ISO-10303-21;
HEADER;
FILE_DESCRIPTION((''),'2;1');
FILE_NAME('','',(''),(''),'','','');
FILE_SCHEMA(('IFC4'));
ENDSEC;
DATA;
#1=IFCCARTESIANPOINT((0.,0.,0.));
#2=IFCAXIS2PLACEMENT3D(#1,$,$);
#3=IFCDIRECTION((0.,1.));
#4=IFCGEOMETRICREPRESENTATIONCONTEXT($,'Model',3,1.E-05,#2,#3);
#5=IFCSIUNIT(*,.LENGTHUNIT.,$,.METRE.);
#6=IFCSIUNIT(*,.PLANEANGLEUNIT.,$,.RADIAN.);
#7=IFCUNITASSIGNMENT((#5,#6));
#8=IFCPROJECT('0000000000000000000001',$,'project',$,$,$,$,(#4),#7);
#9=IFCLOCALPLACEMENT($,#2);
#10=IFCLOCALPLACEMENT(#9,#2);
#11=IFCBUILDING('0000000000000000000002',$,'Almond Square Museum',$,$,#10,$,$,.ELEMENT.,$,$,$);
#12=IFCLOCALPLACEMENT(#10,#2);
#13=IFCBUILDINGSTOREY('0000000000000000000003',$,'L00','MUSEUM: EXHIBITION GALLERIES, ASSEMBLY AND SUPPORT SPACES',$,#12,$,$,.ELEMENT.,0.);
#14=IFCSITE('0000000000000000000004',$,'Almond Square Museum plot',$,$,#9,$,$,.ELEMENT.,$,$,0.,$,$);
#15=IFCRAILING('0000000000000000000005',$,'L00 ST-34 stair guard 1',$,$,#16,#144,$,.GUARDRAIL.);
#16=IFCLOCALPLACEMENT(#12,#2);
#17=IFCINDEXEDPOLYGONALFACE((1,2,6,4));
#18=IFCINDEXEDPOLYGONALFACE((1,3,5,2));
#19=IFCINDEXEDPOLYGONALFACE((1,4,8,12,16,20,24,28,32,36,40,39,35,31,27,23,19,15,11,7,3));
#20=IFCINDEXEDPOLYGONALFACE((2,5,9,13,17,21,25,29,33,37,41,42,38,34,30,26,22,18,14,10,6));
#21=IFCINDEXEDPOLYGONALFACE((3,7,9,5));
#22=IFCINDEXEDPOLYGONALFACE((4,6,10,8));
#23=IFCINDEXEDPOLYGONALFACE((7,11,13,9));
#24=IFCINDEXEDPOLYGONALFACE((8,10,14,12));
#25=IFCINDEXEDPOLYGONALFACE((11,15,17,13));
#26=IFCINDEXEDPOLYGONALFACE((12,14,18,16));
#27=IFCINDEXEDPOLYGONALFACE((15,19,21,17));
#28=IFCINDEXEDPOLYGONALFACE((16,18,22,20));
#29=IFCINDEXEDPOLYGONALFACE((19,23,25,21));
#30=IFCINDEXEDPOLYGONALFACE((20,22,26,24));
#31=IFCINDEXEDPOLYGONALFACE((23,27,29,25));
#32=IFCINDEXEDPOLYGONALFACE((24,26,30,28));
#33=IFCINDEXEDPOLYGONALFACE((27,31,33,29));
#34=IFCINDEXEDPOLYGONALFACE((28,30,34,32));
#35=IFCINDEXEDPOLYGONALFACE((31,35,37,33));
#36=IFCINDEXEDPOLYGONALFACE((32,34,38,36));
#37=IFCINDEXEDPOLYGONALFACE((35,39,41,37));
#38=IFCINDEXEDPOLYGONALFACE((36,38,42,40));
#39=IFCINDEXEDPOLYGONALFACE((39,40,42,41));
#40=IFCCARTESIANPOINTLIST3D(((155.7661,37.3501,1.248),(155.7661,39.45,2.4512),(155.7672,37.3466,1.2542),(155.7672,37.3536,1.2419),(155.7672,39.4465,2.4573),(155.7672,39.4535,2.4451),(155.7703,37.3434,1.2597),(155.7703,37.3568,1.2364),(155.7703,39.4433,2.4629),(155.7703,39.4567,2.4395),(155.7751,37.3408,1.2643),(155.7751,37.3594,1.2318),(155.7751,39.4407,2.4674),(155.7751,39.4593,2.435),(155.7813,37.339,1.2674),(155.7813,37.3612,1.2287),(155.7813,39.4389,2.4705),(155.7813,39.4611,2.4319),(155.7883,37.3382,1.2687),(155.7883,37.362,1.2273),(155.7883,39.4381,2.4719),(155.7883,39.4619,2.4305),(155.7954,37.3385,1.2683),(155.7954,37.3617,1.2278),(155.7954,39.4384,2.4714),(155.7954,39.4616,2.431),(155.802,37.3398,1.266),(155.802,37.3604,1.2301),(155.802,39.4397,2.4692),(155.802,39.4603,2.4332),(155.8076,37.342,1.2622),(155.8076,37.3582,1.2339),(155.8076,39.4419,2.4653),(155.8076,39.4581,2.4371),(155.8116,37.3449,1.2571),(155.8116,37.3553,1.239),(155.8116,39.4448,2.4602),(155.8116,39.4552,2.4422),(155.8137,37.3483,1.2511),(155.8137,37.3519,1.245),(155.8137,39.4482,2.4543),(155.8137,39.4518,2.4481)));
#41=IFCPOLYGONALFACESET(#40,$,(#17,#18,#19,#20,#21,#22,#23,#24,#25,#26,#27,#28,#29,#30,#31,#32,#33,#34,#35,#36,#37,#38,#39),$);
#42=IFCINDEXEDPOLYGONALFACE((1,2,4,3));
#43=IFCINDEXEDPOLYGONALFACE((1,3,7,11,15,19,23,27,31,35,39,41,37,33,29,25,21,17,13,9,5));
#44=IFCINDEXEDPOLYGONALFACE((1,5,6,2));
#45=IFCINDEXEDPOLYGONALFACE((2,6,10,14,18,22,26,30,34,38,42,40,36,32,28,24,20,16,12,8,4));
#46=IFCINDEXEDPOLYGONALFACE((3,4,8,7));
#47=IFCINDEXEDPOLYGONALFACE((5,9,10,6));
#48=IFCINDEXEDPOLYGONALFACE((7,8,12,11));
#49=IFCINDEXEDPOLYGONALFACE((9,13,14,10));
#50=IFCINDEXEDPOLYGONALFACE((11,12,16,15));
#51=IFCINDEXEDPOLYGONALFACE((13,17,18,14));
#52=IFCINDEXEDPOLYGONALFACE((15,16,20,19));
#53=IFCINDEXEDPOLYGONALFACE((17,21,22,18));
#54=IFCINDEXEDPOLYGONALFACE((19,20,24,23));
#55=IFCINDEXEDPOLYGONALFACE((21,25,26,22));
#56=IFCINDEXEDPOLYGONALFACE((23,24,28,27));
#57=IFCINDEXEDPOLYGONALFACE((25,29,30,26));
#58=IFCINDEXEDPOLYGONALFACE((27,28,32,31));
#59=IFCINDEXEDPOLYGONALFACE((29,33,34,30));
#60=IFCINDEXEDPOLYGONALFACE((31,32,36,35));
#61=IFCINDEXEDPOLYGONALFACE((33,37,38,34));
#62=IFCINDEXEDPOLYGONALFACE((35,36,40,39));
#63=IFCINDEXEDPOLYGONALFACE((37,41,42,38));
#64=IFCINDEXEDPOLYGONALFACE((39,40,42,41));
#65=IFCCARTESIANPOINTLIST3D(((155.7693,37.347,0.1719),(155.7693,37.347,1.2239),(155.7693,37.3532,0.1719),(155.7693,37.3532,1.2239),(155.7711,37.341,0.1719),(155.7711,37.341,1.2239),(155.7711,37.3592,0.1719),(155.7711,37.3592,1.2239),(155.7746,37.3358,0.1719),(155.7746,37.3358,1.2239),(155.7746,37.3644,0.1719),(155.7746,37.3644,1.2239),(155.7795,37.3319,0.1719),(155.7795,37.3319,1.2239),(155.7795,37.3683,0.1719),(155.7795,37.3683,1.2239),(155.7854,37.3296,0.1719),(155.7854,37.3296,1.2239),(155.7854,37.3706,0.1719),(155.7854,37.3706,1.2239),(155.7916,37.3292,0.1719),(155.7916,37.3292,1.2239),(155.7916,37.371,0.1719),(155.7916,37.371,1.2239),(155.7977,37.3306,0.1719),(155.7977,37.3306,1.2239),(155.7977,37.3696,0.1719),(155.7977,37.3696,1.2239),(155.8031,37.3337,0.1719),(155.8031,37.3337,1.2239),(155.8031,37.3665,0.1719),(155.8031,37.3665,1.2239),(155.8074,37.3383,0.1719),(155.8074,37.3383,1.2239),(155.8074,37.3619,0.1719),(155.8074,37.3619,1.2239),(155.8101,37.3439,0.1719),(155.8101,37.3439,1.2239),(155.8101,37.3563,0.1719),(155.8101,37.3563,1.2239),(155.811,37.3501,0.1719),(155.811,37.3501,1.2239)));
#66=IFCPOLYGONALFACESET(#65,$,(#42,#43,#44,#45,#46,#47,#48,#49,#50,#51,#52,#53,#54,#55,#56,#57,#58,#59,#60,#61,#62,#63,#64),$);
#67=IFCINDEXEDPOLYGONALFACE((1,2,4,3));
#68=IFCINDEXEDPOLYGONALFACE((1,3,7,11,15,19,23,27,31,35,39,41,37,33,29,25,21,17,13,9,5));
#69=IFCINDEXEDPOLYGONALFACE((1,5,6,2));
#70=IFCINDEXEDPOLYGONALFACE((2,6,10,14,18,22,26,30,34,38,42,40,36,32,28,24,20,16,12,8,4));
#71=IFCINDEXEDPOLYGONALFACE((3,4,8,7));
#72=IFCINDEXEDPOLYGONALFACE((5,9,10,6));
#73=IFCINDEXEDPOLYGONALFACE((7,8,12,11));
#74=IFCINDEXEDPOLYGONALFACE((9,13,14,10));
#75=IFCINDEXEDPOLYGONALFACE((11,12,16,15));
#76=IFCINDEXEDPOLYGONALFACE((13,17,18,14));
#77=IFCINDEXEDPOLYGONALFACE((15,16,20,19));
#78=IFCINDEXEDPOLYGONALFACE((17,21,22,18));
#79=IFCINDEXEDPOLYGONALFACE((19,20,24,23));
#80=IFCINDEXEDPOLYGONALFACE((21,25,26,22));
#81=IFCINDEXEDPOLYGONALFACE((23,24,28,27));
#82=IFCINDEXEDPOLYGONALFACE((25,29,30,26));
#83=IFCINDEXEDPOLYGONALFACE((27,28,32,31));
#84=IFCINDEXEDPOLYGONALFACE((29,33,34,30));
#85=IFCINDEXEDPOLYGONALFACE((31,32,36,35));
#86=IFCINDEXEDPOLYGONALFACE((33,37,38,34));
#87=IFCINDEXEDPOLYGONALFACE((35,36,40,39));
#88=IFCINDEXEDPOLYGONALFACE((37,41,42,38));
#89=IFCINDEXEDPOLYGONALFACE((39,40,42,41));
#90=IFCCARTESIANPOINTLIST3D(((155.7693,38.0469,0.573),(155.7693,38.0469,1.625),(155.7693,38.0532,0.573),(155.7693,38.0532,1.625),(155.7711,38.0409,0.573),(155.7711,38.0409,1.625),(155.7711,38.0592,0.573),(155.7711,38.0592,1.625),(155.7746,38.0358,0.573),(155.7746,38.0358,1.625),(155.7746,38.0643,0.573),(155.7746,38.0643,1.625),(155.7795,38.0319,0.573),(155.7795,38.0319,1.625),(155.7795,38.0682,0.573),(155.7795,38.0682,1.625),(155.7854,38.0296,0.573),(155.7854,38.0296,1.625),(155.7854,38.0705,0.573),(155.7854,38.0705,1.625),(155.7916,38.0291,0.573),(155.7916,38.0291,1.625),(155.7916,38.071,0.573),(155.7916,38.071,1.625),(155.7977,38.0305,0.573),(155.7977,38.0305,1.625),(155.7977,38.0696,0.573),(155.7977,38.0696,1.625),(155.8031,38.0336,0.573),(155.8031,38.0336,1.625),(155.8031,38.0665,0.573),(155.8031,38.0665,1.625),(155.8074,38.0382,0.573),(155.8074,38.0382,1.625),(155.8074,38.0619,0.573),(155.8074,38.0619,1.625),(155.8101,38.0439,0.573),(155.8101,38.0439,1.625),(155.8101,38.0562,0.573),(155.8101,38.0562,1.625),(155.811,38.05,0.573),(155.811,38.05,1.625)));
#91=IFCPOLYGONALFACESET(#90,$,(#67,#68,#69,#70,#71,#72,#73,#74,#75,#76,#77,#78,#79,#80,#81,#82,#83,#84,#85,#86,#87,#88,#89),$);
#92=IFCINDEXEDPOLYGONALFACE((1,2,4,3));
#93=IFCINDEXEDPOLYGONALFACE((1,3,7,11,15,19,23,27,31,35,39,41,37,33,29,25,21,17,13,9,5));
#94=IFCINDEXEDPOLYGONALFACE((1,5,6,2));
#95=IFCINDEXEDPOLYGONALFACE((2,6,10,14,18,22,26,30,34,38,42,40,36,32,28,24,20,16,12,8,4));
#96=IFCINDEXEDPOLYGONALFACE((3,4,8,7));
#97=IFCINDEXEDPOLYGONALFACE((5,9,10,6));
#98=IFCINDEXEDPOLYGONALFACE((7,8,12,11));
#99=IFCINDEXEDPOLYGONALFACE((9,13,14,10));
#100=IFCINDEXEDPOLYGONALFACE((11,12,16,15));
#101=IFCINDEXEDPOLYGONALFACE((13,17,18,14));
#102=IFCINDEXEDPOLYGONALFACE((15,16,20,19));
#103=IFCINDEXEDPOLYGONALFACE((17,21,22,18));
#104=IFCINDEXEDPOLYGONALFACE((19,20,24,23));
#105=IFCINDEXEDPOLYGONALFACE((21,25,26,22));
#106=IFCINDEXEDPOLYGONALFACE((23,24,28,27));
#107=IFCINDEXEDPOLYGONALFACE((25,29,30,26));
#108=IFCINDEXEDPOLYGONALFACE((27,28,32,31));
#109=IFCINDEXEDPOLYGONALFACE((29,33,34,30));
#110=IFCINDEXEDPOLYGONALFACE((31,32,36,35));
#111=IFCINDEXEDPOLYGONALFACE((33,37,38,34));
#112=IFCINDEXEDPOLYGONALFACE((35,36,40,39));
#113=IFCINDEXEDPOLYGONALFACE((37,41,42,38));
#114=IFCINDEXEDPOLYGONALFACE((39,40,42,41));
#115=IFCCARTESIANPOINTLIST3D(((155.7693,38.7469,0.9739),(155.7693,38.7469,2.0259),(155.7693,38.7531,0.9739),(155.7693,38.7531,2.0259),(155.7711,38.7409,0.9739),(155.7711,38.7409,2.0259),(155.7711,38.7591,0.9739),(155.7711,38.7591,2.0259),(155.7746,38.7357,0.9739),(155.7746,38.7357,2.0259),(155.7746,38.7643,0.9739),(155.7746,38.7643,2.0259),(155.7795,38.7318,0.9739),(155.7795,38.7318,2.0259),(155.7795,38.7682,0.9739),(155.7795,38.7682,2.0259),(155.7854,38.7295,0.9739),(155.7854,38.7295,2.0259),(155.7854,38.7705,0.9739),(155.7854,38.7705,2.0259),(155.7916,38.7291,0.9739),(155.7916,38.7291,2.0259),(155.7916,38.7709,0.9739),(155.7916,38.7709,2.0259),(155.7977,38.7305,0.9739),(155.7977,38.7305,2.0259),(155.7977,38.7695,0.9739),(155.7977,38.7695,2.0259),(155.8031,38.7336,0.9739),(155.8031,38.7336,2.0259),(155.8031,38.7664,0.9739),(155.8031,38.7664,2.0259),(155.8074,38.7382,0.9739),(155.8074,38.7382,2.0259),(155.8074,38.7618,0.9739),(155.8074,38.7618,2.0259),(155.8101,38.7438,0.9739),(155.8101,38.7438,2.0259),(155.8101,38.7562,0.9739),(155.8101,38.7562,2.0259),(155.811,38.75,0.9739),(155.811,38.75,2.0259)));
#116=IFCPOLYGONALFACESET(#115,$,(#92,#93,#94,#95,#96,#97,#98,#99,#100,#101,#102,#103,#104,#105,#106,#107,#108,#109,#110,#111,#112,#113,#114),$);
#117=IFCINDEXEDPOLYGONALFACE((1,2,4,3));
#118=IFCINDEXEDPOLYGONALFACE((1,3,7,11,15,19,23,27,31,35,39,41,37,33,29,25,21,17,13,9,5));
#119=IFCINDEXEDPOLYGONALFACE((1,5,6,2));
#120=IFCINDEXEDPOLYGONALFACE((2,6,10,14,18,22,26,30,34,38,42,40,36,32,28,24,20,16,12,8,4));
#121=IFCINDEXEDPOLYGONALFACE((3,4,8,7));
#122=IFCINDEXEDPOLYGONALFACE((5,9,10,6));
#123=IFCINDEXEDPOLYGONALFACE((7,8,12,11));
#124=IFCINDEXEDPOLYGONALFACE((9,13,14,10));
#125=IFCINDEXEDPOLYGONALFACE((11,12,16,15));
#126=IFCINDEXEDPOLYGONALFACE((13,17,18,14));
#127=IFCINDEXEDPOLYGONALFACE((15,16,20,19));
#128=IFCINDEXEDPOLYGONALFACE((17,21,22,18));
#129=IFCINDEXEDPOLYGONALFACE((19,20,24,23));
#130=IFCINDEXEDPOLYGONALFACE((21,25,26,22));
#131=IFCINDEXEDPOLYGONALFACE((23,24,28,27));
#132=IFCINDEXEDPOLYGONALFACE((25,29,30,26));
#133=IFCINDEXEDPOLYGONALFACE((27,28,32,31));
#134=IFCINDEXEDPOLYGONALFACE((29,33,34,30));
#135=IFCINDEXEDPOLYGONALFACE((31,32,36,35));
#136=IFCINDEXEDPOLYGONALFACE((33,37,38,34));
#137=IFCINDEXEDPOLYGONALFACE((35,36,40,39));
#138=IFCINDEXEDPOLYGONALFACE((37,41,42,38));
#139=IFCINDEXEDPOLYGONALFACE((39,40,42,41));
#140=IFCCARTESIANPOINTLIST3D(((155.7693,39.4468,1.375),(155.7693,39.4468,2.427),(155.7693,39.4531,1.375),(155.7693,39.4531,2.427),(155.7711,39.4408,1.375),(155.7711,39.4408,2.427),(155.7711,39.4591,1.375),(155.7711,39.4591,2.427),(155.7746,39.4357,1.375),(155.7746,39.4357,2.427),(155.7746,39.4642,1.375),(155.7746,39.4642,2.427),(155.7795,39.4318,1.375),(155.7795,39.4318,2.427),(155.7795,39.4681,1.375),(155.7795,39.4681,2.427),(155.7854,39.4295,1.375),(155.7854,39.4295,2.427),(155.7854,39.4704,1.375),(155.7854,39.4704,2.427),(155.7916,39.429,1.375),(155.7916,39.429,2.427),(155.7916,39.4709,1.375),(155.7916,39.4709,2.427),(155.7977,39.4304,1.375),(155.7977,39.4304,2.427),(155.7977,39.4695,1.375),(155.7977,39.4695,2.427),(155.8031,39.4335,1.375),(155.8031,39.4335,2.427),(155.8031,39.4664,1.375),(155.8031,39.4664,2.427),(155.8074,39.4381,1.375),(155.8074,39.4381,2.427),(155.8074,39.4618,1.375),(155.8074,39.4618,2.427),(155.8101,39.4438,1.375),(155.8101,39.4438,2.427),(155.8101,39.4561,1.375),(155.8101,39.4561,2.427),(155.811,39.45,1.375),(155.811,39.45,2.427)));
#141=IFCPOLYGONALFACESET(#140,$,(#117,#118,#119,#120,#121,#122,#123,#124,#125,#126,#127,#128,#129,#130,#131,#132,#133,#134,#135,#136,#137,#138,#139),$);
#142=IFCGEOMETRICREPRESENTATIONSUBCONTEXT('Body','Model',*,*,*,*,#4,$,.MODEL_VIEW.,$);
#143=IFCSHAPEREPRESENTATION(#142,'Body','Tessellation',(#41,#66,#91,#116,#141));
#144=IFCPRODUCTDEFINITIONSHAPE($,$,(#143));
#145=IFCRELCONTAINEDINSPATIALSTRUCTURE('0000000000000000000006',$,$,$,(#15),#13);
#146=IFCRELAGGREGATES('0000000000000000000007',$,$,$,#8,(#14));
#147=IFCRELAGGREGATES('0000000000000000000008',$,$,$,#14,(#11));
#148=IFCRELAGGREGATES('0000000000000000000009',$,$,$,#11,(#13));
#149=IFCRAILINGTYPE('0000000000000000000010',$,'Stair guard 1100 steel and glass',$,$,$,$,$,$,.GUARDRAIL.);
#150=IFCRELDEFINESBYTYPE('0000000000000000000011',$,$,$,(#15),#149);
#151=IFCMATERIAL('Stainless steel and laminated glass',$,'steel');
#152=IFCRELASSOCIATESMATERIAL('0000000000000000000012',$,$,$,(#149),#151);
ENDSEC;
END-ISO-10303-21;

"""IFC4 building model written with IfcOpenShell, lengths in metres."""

from ifc_helpers import new_model, si_unit, direction, frame, origin, origin_2d, place, context, subcontext, project, spatial, circle, extrude, material, type_object, element, save


model = new_model("IFC4")

# Units and contexts
model_context = context("Model", 3, precision=1e-05, world=origin(), true_north=direction((0.0, 1.0)))
body_context = subcontext(model_context, "Body", "Model", "MODEL_VIEW")
ifc_project = project(units=[si_unit("LENGTHUNIT", "METRE"), si_unit("PLANEANGLEUNIT", "RADIAN")], contexts=[model_context])

# Site, building, storey
site_placement = place(None, origin())
site = spatial("IfcSite", under=ifc_project, at=site_placement, Name="Almond Square Museum plot", CompositionType="ELEMENT", RefElevation=0.0)
building_placement = place(site_placement, origin())
building = spatial("IfcBuilding", under=site, at=building_placement, Name="Almond Square Museum", CompositionType="ELEMENT")
storey_placement = place(building_placement, origin())
storey = spatial("IfcBuildingStorey", under=building, at=storey_placement, Name="L00", Description="MUSEUM: EXHIBITION GALLERIES, ASSEMBLY AND SUPPORT SPACES", CompositionType="ELEMENT", Elevation=0.0)

# Railing
ifc_material_1 = material(Name="Stainless steel and laminated glass", Category="steel")
railing_type_1 = type_object("IfcRailingType", Name="Stair guard 1100 steel and glass", PredefinedType="GUARDRAIL", material=ifc_material_1)
railing_1_placement = place(storey_placement, frame((155.79, 37.3501, 0.1719)))
element("IfcRailing", 1, at=railing_1_placement, inside=storey, type_object=railing_type_1, Name="L00 ST-34 stair guard 1", PredefinedType="GUARDRAIL", context=body_context, shape_type="SweptSolid", body=[
    extrude(circle(Radius=0.0239, at=origin_2d()), frame((0.0, 0.0, 1.0762), z_axis=(0.0, 0.867671, 0.497138), x_axis=(-1.0, 0.0, 0.0)), (0.0, 0.0, 1.0), 2.4202),
    extrude(circle(Radius=0.021, at=origin_2d()), origin(), (0.0, 0.0, 1.0), 1.052),
    extrude(circle(Radius=0.021, at=origin_2d()), frame((0.0, 0.7, 0.4011)), (0.0, 0.0, 1.0), 1.052),
    extrude(circle(Radius=0.021, at=origin_2d()), frame((0.0, 1.3999, 0.802)), (0.0, 0.0, 1.0), 1.052),
    extrude(circle(Radius=0.021, at=origin_2d()), frame((0.0, 2.0999, 1.2031)), (0.0, 0.0, 1.0), 1.052),
])

save(model, "model.ifc")
